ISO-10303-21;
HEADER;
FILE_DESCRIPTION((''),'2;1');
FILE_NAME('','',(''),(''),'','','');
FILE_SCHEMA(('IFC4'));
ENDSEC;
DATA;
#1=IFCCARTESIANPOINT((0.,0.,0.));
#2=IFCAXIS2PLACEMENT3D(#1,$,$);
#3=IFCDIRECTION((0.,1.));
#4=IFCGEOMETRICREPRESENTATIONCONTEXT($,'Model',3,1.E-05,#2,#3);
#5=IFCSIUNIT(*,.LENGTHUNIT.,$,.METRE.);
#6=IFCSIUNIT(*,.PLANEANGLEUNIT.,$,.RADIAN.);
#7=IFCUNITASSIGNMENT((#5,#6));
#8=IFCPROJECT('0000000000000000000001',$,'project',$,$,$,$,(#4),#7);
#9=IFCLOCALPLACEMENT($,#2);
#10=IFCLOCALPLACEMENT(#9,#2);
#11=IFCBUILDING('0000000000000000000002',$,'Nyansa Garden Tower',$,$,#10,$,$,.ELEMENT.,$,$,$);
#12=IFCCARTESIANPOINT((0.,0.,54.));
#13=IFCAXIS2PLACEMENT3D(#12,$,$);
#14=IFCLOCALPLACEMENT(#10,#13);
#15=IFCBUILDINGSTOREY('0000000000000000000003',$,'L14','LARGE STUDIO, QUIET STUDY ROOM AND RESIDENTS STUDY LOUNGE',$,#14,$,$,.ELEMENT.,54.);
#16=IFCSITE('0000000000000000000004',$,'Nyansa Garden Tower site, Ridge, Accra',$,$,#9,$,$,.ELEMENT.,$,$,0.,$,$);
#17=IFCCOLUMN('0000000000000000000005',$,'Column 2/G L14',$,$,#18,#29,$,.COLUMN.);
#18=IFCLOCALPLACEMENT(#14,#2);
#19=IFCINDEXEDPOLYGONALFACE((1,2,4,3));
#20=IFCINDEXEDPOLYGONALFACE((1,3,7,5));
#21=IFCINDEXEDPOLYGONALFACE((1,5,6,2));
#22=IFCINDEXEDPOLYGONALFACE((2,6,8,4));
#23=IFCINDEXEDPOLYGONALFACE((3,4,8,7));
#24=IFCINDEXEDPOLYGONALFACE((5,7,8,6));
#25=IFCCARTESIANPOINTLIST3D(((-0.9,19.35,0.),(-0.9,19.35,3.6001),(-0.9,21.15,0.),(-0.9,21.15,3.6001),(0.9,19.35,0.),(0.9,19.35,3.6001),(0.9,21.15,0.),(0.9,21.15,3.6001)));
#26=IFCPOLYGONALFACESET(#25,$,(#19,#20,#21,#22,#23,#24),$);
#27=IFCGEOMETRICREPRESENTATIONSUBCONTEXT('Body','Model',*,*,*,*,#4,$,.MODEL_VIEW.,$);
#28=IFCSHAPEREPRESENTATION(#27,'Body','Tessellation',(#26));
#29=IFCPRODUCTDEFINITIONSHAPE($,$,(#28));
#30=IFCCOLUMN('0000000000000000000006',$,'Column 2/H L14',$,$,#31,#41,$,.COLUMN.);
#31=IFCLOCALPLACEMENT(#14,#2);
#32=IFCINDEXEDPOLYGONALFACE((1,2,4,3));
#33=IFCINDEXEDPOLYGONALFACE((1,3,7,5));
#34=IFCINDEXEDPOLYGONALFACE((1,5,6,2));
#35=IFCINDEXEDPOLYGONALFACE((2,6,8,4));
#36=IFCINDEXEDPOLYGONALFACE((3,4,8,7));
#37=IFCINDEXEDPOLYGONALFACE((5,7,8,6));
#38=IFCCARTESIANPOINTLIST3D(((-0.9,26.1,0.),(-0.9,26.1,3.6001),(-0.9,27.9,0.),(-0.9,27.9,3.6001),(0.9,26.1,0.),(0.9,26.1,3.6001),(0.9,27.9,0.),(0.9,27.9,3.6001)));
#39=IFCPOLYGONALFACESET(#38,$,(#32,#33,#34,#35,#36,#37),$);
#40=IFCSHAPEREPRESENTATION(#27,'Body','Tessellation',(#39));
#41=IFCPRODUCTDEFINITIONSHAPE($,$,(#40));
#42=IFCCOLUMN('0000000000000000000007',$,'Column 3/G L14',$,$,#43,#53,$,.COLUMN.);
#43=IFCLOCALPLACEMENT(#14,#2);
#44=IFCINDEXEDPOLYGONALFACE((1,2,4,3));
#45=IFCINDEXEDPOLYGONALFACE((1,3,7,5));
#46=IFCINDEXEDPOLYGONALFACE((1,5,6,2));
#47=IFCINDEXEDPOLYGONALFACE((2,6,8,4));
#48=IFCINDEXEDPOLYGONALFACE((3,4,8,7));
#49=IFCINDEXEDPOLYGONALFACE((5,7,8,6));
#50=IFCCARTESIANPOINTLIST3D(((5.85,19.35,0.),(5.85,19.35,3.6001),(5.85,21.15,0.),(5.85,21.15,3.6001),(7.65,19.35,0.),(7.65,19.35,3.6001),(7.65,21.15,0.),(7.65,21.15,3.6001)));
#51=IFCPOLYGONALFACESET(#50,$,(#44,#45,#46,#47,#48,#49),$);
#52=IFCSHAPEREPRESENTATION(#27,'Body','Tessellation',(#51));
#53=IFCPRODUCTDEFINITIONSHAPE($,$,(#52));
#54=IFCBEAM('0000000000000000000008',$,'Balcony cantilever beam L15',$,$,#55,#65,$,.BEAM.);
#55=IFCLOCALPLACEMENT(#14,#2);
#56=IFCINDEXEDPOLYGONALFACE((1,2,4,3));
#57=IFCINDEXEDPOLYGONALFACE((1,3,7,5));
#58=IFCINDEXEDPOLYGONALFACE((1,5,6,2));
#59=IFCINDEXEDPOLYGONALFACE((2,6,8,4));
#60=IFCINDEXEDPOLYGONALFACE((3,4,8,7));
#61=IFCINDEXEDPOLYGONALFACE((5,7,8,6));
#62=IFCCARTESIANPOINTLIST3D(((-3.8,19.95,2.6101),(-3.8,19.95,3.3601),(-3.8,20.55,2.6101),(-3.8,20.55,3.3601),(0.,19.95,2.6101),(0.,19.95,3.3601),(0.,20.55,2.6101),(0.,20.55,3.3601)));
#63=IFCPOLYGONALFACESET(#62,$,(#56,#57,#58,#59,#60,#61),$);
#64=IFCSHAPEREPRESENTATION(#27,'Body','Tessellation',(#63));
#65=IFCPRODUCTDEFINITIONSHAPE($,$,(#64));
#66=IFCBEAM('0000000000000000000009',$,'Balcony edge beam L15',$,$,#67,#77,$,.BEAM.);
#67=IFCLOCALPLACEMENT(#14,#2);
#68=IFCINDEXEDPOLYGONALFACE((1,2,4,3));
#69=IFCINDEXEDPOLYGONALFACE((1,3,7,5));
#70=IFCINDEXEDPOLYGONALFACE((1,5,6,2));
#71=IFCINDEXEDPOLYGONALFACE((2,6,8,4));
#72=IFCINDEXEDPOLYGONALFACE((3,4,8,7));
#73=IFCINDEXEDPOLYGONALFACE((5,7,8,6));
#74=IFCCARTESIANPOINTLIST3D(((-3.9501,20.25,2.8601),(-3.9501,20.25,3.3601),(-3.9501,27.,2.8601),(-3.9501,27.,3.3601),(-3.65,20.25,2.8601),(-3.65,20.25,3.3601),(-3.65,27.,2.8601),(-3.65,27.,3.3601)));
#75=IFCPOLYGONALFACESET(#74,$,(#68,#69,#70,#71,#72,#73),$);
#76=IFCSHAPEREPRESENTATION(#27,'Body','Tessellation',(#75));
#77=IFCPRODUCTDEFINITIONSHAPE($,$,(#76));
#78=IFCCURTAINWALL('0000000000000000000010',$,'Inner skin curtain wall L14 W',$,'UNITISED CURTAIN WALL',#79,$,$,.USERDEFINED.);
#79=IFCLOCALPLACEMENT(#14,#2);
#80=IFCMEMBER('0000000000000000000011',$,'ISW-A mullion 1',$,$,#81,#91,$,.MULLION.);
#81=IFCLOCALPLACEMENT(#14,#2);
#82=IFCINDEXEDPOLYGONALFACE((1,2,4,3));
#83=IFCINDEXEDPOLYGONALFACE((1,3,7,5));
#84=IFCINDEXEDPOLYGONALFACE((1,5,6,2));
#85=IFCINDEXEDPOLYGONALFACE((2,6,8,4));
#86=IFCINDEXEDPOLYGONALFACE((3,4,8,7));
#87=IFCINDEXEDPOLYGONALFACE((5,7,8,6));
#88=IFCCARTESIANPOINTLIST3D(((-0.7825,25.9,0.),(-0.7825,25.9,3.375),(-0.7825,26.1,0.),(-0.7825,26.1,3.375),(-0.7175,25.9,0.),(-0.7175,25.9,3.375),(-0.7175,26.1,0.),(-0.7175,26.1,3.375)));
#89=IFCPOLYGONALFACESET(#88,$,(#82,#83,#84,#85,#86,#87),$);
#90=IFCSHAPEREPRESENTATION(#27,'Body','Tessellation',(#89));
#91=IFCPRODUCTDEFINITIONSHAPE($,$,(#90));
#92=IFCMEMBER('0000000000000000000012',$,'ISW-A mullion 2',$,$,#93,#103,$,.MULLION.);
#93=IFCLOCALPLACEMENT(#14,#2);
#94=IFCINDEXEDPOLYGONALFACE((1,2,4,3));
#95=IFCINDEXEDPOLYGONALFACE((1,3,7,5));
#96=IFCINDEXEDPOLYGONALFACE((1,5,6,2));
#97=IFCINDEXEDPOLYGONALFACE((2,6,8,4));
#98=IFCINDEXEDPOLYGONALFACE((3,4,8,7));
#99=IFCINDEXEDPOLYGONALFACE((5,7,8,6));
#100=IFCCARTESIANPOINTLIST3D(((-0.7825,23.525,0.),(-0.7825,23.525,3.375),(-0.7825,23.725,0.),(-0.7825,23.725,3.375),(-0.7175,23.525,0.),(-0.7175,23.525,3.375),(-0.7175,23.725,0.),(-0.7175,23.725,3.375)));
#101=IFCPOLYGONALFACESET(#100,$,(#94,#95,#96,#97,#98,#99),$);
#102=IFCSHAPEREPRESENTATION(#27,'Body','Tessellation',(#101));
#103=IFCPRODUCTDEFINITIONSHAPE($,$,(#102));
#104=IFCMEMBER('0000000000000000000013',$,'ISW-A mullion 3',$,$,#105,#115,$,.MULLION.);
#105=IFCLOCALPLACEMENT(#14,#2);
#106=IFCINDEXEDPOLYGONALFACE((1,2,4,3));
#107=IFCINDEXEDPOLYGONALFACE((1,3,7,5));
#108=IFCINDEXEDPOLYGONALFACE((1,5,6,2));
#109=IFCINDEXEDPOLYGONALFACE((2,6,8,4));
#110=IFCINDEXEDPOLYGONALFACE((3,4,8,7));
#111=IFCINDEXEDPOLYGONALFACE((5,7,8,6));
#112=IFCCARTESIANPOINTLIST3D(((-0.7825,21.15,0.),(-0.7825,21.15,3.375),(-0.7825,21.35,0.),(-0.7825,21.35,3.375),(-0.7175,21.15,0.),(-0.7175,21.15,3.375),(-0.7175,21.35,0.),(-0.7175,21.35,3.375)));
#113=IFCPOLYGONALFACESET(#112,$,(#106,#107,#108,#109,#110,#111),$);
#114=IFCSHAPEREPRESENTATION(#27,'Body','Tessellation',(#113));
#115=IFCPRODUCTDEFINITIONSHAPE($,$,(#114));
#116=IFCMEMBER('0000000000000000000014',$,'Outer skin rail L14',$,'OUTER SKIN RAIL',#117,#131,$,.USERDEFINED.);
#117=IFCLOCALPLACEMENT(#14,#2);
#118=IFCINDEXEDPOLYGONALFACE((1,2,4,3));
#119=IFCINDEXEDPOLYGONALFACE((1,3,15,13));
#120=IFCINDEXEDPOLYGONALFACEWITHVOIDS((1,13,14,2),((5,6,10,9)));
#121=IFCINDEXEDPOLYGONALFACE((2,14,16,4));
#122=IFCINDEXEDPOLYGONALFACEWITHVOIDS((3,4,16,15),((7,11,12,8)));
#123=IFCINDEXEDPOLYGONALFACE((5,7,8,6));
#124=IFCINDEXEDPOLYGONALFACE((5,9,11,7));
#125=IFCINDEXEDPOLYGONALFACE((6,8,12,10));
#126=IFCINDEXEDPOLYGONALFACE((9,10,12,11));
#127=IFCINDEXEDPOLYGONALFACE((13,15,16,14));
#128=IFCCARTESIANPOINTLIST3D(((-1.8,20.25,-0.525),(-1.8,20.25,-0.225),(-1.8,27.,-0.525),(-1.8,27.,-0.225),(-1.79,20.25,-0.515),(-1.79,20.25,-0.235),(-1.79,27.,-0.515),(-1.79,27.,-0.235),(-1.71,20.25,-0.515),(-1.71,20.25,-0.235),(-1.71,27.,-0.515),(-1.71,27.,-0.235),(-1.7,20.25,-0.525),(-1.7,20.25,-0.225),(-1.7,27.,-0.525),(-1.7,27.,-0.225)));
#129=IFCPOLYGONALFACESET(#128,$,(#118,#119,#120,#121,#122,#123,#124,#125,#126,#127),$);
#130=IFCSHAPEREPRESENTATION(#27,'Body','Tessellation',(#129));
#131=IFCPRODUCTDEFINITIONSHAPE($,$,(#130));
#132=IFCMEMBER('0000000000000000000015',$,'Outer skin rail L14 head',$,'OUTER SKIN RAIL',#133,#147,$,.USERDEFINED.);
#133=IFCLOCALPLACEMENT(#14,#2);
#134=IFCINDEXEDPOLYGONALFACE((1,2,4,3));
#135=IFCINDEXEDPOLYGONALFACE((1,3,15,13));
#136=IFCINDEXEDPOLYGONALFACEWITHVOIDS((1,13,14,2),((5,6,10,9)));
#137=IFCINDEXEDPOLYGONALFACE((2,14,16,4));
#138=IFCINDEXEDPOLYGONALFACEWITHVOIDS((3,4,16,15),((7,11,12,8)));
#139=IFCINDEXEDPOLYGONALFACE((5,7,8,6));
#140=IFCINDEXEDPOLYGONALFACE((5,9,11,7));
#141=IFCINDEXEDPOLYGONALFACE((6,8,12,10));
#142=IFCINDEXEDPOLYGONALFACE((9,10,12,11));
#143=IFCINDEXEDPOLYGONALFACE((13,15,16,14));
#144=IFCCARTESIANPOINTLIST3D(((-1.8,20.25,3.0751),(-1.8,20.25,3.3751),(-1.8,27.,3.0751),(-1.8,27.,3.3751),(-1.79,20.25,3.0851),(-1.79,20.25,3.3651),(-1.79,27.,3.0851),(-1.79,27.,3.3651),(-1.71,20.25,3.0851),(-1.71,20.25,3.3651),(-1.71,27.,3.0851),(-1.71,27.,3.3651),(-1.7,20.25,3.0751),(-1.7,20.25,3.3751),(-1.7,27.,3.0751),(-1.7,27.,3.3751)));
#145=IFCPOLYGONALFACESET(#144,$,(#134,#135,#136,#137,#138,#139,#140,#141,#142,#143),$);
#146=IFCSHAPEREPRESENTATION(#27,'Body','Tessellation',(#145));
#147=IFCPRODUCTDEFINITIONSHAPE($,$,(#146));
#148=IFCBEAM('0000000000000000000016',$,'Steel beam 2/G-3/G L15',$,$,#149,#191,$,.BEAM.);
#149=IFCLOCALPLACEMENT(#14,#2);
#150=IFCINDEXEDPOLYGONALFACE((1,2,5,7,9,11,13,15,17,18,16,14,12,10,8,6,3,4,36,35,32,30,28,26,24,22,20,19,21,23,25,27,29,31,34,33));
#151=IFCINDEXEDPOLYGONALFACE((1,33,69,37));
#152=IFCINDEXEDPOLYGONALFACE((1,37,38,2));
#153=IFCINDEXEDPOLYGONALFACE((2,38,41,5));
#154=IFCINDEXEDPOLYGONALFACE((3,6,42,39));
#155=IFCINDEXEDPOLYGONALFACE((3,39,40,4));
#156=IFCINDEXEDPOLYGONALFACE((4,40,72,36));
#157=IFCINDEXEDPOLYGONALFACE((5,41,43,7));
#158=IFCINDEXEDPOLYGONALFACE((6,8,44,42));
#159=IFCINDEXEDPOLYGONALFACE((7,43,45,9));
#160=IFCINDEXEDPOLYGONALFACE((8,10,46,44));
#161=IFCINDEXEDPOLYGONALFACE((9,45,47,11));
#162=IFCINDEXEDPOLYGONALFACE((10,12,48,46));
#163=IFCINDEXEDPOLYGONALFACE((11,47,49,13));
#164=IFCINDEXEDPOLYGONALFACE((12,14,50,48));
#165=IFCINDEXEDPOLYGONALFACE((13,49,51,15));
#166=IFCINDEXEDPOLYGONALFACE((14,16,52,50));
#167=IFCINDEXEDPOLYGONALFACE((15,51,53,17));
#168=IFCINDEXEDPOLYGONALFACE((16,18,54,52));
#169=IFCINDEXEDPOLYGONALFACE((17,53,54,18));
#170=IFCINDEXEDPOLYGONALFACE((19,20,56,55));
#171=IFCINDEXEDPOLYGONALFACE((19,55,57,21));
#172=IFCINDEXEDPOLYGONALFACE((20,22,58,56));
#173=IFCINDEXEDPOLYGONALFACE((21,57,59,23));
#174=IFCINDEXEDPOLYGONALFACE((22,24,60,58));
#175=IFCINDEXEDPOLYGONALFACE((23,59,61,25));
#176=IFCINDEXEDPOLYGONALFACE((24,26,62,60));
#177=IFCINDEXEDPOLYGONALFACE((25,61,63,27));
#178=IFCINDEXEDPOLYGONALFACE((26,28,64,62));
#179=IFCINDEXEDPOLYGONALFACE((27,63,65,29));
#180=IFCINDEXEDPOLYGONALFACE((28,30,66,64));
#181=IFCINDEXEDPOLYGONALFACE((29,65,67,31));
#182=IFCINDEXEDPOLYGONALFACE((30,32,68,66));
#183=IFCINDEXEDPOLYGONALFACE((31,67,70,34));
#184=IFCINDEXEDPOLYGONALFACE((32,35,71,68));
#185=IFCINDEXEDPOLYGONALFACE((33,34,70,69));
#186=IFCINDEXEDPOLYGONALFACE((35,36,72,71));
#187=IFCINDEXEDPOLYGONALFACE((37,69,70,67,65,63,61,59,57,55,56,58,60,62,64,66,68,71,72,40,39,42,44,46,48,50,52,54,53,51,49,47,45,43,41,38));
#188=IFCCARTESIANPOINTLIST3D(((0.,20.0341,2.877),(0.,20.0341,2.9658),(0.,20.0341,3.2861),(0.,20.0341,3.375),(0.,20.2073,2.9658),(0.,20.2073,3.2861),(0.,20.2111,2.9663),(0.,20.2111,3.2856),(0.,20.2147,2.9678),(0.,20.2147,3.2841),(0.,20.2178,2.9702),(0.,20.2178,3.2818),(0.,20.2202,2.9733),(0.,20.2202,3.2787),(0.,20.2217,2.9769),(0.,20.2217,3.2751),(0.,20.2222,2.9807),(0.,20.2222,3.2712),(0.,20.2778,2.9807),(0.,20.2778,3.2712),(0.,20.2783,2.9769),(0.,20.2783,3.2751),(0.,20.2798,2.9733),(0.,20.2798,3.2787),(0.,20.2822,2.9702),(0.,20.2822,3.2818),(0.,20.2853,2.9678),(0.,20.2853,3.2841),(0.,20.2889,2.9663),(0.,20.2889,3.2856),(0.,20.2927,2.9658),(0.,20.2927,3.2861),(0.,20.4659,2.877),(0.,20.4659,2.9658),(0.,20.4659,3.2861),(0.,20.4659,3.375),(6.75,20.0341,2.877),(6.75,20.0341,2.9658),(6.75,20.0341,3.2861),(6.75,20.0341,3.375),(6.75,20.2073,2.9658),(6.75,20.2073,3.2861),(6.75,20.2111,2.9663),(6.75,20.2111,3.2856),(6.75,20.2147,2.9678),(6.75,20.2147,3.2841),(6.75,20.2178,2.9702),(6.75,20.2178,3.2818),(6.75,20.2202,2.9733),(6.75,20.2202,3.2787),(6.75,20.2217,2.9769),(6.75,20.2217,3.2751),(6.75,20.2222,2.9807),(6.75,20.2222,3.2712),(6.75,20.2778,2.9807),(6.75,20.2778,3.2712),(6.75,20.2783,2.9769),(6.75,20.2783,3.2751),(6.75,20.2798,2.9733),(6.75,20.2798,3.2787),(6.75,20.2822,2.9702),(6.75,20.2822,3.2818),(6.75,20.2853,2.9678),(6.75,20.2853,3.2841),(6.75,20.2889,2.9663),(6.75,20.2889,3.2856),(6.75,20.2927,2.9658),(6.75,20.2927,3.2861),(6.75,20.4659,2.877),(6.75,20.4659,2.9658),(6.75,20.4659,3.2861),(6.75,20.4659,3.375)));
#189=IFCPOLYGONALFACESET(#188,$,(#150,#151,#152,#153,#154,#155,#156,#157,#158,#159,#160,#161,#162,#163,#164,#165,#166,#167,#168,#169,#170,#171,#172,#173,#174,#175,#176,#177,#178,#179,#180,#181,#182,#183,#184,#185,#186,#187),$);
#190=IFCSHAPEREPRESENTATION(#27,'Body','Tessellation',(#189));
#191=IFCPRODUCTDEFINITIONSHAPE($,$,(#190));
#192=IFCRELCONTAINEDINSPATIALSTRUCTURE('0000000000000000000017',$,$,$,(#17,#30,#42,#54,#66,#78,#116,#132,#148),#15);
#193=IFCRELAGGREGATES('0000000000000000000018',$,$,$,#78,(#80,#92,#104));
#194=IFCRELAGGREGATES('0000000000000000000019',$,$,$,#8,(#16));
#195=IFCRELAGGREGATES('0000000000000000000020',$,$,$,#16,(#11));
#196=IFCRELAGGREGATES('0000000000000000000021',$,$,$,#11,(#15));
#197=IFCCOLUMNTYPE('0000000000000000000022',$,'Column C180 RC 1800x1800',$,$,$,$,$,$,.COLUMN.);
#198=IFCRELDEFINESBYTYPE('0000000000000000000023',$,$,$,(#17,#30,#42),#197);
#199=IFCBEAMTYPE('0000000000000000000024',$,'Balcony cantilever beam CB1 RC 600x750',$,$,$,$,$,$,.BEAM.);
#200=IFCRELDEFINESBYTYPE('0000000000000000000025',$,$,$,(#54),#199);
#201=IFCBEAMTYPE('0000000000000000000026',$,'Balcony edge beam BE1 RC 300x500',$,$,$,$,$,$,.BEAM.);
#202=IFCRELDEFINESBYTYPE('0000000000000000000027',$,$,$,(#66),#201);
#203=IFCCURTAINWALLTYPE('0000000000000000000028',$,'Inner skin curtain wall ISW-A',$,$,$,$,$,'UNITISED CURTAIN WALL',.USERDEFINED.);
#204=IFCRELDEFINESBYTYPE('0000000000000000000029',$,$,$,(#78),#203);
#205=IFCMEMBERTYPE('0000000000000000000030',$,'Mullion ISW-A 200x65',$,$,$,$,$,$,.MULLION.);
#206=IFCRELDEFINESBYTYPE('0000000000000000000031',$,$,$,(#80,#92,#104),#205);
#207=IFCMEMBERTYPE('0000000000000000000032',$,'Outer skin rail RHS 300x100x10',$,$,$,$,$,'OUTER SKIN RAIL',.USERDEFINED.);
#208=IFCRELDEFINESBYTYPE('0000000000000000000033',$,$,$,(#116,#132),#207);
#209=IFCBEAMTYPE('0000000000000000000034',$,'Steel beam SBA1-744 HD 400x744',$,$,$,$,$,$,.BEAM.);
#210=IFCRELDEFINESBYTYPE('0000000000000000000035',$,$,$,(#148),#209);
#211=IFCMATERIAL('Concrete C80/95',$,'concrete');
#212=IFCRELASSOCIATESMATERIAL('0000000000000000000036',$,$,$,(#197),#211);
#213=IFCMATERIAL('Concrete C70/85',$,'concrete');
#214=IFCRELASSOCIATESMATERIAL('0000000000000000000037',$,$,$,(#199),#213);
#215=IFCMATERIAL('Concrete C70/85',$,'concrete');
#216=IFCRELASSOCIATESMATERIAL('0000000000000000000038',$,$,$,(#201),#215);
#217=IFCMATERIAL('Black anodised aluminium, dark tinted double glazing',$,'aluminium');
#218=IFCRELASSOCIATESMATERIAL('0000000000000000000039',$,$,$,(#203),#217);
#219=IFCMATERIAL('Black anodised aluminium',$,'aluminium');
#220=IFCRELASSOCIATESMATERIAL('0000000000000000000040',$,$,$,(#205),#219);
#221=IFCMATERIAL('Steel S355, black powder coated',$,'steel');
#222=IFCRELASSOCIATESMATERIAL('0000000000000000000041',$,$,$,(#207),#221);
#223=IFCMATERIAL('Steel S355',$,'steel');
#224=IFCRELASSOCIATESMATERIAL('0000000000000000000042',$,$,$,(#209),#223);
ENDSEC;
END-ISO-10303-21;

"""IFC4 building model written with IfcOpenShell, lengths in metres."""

from ifc_helpers import new_model, si_unit, direction, frame, origin, origin_2d, place, context, subcontext, project, spatial, rectangle, hollow_rectangle, i_section, extrude, material, material_profile, profile_set, type_object, element, aggregate, save


model = new_model("IFC4")

# Units and contexts
model_context = context("Model", 3, precision=1e-05, world=origin(), true_north=direction((0.0, 1.0)))
body_context = subcontext(model_context, "Body", "Model", "MODEL_VIEW")
ifc_project = project(units=[si_unit("LENGTHUNIT", "METRE"), si_unit("PLANEANGLEUNIT", "RADIAN")], contexts=[model_context])

# Site, building, storey
site_placement = place(None, origin())
site = spatial("IfcSite", under=ifc_project, at=site_placement, Name="Nyansa Garden Tower site, Ridge, Accra", CompositionType="ELEMENT", RefElevation=0.0)
building_placement = place(site_placement, origin())
building = spatial("IfcBuilding", under=site, at=building_placement, Name="Nyansa Garden Tower", CompositionType="ELEMENT")
storey_placement = place(building_placement, frame((0.0, 0.0, 54.0)))
storey = spatial("IfcBuildingStorey", under=building, at=storey_placement, Name="L14", Description="LARGE STUDIO, QUIET STUDY ROOM AND RESIDENTS STUDY LOUNGE", CompositionType="ELEMENT", Elevation=54.0)

# Columns
ifc_material_1 = material(Name="Concrete C80/95", Category="concrete")
ifc_material_profile_1 = material_profile(ifc_material_1, rectangle(XDim=1.8, YDim=1.8, at=origin_2d()), Name="RC 1800x1800")
ifc_profile_set_1 = profile_set([ifc_material_profile_1], Name="Concrete C80/95")
column_type = type_object("IfcColumnType", Name="Column C180 RC 1800x1800", PredefinedType="COLUMN", material=ifc_profile_set_1)
for number, where, z_axis, x_axis, name in (
    (1, (0.0, 20.25, 0.0), (0.0, 0.0, 1.0), (1.0, 0.0, 0.0), "Column 2/G L14"),
    (2, (0.0, 27.0, 0.0), (0.0, 0.0, 1.0), (1.0, 0.0, 0.0), "Column 2/H L14"),
    (3, (6.75, 20.25, 0.0), (0.0, 0.0, 1.0), (1.0, 0.0, 0.0), "Column 3/G L14"),
):
    element("IfcColumn", number, at=place(storey_placement, frame(where, z_axis=z_axis, x_axis=x_axis)), inside=storey, type_object=column_type, Name=name, PredefinedType="COLUMN", context=body_context, shape_type="SweptSolid", body=[
        extrude(rectangle(XDim=1.8, YDim=1.8, at=origin_2d()), origin(), (0.0, 0.0, 1.0), 3.6001),
    ])

# Beams
ifc_material_2 = material(Name="Concrete C70/85", Category="concrete")
ifc_material_profile_2 = material_profile(ifc_material_2, rectangle(XDim=0.6001, YDim=0.75, at=origin_2d()), Name="RC 600x750")
ifc_profile_set_2 = profile_set([ifc_material_profile_2], Name="Concrete C70/85")
beam_type_1 = type_object("IfcBeamType", Name="Balcony cantilever beam CB1 RC 600x750", PredefinedType="BEAM", material=ifc_profile_set_2)
beam_1_placement = place(storey_placement, frame((0.0, 20.25, 2.9851), z_axis=(-1.0, 0.0, 0.0), x_axis=(0.0, -1.0, 0.0)))
element("IfcBeam", 4, at=beam_1_placement, inside=storey, type_object=beam_type_1, Name="Balcony cantilever beam L15", PredefinedType="BEAM", context=body_context, shape_type="SweptSolid", body=[
    extrude(rectangle(XDim=0.6001, YDim=0.75, at=origin_2d()), origin(), (0.0, 0.0, 1.0), 3.8),
])
ifc_material_3 = material(Name="Concrete C70/85", Category="concrete")
ifc_material_profile_3 = material_profile(ifc_material_3, rectangle(XDim=0.3, YDim=0.5, at=origin_2d()), Name="RC 300x500")
ifc_profile_set_3 = profile_set([ifc_material_profile_3], Name="Concrete C70/85")
beam_type_2 = type_object("IfcBeamType", Name="Balcony edge beam BE1 RC 300x500", PredefinedType="BEAM", material=ifc_profile_set_3)
beam_2_placement = place(storey_placement, frame((-3.8, 20.25, 3.1101), z_axis=(0.0, 1.0, 0.0), x_axis=(-1.0, 0.0, 0.0)))
element("IfcBeam", 5, at=beam_2_placement, inside=storey, type_object=beam_type_2, Name="Balcony edge beam L15", PredefinedType="BEAM", context=body_context, shape_type="SweptSolid", body=[
    extrude(rectangle(XDim=0.3, YDim=0.5, at=origin_2d()), origin(), (0.0, 0.0, 1.0), 6.75),
])

# Curtain wall, members
ifc_material_4 = material(Name="Black anodised aluminium, dark tinted double glazing", Category="aluminium")
curtain_wall_type = type_object("IfcCurtainWallType", Name="Inner skin curtain wall ISW-A", ElementType="UNITISED CURTAIN WALL", PredefinedType="USERDEFINED", material=ifc_material_4)
curtain_wall_placement = place(storey_placement, origin())
curtain_wall = element("IfcCurtainWall", 6, at=curtain_wall_placement, inside=storey, type_object=curtain_wall_type, Name="Inner skin curtain wall L14 W", ObjectType="UNITISED CURTAIN WALL", PredefinedType="USERDEFINED")
ifc_material_5 = material(Name="Black anodised aluminium", Category="aluminium")
ifc_material_profile_4 = material_profile(ifc_material_5, rectangle(XDim=0.0649, YDim=0.2, at=origin_2d()), Name="Mullion 200x65")
ifc_profile_set_4 = profile_set([ifc_material_profile_4], Name="Black anodised aluminium")
member_type_1 = type_object("IfcMemberType", Name="Mullion ISW-A 200x65", PredefinedType="MULLION", material=ifc_profile_set_4)
member_1_placement = place(storey_placement, frame((-0.75, 26.0, 0.0), z_axis=(0.0, 0.0, 1.0), x_axis=(1.0, 0.0, 0.0)))
member_1 = element("IfcMember", 7, at=member_1_placement, type_object=member_type_1, Name="ISW-A mullion 1", PredefinedType="MULLION", context=body_context, shape_type="SweptSolid", body=[
    extrude(rectangle(XDim=0.0649, YDim=0.2, at=origin_2d()), origin(), (0.0, 0.0, 1.0), 3.375),
])
member_2_placement = place(storey_placement, frame((-0.75, 23.625, 0.0), z_axis=(0.0, 0.0, 1.0), x_axis=(1.0, 0.0, 0.0)))
member_2 = element("IfcMember", 8, at=member_2_placement, type_object=member_type_1, Name="ISW-A mullion 2", PredefinedType="MULLION", context=body_context, shape_type="SweptSolid", body=[
    extrude(rectangle(XDim=0.0649, YDim=0.2, at=origin_2d()), origin(), (0.0, 0.0, 1.0), 3.375),
])
member_3_placement = place(storey_placement, frame((-0.75, 21.25, 0.0), z_axis=(0.0, 0.0, 1.0), x_axis=(1.0, 0.0, 0.0)))
member_3 = element("IfcMember", 9, at=member_3_placement, type_object=member_type_1, Name="ISW-A mullion 3", PredefinedType="MULLION", context=body_context, shape_type="SweptSolid", body=[
    extrude(rectangle(XDim=0.0649, YDim=0.2, at=origin_2d()), origin(), (0.0, 0.0, 1.0), 3.375),
])

# Members
ifc_material_6 = material(Name="Steel S355, black powder coated", Category="steel")
ifc_material_profile_5 = material_profile(ifc_material_6, hollow_rectangle(XDim=0.1001, YDim=0.3, WallThickness=0.01, at=origin_2d()), Name="RHS 300x100x10")
ifc_profile_set_5 = profile_set([ifc_material_profile_5], Name="Steel S355, black powder coated")
member_type_2 = type_object("IfcMemberType", Name="Outer skin rail RHS 300x100x10", ElementType="OUTER SKIN RAIL", PredefinedType="USERDEFINED", material=ifc_profile_set_5)
for number, where, z_axis, x_axis, name in (
    (10, (-1.75, 20.25, -0.375), (0.0, 1.0, 0.0), (-1.0, 0.0, 0.0), "Outer skin rail L14"),
    (11, (-1.75, 20.25, 3.2251), (0.0, 1.0, 0.0), (-1.0, 0.0, 0.0), "Outer skin rail L14 head"),
):
    element("IfcMember", number, at=place(storey_placement, frame(where, z_axis=z_axis, x_axis=x_axis)), inside=storey, type_object=member_type_2, Name=name, ObjectType="OUTER SKIN RAIL", PredefinedType="USERDEFINED", context=body_context, shape_type="SweptSolid", body=[
        extrude(hollow_rectangle(XDim=0.1001, YDim=0.3, WallThickness=0.01, at=origin_2d()), origin(), (0.0, 0.0, 1.0), 6.75),
    ])

# Beam
ifc_material_7 = material(Name="Steel S355", Category="steel")
ifc_material_profile_6 = material_profile(ifc_material_7, i_section(OverallWidth=0.4319, OverallDepth=0.498, WebThickness=0.0557, FlangeThickness=0.0889, FilletRadius=0.0149, at=origin_2d()), Name="HD 400x744")
ifc_profile_set_6 = profile_set([ifc_material_profile_6], Name="Steel S355")
beam_type_3 = type_object("IfcBeamType", Name="Steel beam SBA1-744 HD 400x744", PredefinedType="BEAM", material=ifc_profile_set_6)
for number, where, z_axis, x_axis, name in (
    (12, (0.0, 20.25, 3.126), (1.0, 0.0, 0.0), (0.0, 1.0, 0.0), "Steel beam 2/G-3/G L15"),
):
    element("IfcBeam", number, at=place(storey_placement, frame(where, z_axis=z_axis, x_axis=x_axis)), inside=storey, type_object=beam_type_3, Name=name, PredefinedType="BEAM", context=body_context, shape_type="SweptSolid", body=[
        extrude(i_section(OverallWidth=0.4319, OverallDepth=0.498, WebThickness=0.0557, FlangeThickness=0.0889, FilletRadius=0.0149, at=origin_2d()), origin(), (0.0, 0.0, 1.0), 6.75),
    ])

aggregate(curtain_wall, [member_1, member_2, member_3])

save(model, "model.ifc")
